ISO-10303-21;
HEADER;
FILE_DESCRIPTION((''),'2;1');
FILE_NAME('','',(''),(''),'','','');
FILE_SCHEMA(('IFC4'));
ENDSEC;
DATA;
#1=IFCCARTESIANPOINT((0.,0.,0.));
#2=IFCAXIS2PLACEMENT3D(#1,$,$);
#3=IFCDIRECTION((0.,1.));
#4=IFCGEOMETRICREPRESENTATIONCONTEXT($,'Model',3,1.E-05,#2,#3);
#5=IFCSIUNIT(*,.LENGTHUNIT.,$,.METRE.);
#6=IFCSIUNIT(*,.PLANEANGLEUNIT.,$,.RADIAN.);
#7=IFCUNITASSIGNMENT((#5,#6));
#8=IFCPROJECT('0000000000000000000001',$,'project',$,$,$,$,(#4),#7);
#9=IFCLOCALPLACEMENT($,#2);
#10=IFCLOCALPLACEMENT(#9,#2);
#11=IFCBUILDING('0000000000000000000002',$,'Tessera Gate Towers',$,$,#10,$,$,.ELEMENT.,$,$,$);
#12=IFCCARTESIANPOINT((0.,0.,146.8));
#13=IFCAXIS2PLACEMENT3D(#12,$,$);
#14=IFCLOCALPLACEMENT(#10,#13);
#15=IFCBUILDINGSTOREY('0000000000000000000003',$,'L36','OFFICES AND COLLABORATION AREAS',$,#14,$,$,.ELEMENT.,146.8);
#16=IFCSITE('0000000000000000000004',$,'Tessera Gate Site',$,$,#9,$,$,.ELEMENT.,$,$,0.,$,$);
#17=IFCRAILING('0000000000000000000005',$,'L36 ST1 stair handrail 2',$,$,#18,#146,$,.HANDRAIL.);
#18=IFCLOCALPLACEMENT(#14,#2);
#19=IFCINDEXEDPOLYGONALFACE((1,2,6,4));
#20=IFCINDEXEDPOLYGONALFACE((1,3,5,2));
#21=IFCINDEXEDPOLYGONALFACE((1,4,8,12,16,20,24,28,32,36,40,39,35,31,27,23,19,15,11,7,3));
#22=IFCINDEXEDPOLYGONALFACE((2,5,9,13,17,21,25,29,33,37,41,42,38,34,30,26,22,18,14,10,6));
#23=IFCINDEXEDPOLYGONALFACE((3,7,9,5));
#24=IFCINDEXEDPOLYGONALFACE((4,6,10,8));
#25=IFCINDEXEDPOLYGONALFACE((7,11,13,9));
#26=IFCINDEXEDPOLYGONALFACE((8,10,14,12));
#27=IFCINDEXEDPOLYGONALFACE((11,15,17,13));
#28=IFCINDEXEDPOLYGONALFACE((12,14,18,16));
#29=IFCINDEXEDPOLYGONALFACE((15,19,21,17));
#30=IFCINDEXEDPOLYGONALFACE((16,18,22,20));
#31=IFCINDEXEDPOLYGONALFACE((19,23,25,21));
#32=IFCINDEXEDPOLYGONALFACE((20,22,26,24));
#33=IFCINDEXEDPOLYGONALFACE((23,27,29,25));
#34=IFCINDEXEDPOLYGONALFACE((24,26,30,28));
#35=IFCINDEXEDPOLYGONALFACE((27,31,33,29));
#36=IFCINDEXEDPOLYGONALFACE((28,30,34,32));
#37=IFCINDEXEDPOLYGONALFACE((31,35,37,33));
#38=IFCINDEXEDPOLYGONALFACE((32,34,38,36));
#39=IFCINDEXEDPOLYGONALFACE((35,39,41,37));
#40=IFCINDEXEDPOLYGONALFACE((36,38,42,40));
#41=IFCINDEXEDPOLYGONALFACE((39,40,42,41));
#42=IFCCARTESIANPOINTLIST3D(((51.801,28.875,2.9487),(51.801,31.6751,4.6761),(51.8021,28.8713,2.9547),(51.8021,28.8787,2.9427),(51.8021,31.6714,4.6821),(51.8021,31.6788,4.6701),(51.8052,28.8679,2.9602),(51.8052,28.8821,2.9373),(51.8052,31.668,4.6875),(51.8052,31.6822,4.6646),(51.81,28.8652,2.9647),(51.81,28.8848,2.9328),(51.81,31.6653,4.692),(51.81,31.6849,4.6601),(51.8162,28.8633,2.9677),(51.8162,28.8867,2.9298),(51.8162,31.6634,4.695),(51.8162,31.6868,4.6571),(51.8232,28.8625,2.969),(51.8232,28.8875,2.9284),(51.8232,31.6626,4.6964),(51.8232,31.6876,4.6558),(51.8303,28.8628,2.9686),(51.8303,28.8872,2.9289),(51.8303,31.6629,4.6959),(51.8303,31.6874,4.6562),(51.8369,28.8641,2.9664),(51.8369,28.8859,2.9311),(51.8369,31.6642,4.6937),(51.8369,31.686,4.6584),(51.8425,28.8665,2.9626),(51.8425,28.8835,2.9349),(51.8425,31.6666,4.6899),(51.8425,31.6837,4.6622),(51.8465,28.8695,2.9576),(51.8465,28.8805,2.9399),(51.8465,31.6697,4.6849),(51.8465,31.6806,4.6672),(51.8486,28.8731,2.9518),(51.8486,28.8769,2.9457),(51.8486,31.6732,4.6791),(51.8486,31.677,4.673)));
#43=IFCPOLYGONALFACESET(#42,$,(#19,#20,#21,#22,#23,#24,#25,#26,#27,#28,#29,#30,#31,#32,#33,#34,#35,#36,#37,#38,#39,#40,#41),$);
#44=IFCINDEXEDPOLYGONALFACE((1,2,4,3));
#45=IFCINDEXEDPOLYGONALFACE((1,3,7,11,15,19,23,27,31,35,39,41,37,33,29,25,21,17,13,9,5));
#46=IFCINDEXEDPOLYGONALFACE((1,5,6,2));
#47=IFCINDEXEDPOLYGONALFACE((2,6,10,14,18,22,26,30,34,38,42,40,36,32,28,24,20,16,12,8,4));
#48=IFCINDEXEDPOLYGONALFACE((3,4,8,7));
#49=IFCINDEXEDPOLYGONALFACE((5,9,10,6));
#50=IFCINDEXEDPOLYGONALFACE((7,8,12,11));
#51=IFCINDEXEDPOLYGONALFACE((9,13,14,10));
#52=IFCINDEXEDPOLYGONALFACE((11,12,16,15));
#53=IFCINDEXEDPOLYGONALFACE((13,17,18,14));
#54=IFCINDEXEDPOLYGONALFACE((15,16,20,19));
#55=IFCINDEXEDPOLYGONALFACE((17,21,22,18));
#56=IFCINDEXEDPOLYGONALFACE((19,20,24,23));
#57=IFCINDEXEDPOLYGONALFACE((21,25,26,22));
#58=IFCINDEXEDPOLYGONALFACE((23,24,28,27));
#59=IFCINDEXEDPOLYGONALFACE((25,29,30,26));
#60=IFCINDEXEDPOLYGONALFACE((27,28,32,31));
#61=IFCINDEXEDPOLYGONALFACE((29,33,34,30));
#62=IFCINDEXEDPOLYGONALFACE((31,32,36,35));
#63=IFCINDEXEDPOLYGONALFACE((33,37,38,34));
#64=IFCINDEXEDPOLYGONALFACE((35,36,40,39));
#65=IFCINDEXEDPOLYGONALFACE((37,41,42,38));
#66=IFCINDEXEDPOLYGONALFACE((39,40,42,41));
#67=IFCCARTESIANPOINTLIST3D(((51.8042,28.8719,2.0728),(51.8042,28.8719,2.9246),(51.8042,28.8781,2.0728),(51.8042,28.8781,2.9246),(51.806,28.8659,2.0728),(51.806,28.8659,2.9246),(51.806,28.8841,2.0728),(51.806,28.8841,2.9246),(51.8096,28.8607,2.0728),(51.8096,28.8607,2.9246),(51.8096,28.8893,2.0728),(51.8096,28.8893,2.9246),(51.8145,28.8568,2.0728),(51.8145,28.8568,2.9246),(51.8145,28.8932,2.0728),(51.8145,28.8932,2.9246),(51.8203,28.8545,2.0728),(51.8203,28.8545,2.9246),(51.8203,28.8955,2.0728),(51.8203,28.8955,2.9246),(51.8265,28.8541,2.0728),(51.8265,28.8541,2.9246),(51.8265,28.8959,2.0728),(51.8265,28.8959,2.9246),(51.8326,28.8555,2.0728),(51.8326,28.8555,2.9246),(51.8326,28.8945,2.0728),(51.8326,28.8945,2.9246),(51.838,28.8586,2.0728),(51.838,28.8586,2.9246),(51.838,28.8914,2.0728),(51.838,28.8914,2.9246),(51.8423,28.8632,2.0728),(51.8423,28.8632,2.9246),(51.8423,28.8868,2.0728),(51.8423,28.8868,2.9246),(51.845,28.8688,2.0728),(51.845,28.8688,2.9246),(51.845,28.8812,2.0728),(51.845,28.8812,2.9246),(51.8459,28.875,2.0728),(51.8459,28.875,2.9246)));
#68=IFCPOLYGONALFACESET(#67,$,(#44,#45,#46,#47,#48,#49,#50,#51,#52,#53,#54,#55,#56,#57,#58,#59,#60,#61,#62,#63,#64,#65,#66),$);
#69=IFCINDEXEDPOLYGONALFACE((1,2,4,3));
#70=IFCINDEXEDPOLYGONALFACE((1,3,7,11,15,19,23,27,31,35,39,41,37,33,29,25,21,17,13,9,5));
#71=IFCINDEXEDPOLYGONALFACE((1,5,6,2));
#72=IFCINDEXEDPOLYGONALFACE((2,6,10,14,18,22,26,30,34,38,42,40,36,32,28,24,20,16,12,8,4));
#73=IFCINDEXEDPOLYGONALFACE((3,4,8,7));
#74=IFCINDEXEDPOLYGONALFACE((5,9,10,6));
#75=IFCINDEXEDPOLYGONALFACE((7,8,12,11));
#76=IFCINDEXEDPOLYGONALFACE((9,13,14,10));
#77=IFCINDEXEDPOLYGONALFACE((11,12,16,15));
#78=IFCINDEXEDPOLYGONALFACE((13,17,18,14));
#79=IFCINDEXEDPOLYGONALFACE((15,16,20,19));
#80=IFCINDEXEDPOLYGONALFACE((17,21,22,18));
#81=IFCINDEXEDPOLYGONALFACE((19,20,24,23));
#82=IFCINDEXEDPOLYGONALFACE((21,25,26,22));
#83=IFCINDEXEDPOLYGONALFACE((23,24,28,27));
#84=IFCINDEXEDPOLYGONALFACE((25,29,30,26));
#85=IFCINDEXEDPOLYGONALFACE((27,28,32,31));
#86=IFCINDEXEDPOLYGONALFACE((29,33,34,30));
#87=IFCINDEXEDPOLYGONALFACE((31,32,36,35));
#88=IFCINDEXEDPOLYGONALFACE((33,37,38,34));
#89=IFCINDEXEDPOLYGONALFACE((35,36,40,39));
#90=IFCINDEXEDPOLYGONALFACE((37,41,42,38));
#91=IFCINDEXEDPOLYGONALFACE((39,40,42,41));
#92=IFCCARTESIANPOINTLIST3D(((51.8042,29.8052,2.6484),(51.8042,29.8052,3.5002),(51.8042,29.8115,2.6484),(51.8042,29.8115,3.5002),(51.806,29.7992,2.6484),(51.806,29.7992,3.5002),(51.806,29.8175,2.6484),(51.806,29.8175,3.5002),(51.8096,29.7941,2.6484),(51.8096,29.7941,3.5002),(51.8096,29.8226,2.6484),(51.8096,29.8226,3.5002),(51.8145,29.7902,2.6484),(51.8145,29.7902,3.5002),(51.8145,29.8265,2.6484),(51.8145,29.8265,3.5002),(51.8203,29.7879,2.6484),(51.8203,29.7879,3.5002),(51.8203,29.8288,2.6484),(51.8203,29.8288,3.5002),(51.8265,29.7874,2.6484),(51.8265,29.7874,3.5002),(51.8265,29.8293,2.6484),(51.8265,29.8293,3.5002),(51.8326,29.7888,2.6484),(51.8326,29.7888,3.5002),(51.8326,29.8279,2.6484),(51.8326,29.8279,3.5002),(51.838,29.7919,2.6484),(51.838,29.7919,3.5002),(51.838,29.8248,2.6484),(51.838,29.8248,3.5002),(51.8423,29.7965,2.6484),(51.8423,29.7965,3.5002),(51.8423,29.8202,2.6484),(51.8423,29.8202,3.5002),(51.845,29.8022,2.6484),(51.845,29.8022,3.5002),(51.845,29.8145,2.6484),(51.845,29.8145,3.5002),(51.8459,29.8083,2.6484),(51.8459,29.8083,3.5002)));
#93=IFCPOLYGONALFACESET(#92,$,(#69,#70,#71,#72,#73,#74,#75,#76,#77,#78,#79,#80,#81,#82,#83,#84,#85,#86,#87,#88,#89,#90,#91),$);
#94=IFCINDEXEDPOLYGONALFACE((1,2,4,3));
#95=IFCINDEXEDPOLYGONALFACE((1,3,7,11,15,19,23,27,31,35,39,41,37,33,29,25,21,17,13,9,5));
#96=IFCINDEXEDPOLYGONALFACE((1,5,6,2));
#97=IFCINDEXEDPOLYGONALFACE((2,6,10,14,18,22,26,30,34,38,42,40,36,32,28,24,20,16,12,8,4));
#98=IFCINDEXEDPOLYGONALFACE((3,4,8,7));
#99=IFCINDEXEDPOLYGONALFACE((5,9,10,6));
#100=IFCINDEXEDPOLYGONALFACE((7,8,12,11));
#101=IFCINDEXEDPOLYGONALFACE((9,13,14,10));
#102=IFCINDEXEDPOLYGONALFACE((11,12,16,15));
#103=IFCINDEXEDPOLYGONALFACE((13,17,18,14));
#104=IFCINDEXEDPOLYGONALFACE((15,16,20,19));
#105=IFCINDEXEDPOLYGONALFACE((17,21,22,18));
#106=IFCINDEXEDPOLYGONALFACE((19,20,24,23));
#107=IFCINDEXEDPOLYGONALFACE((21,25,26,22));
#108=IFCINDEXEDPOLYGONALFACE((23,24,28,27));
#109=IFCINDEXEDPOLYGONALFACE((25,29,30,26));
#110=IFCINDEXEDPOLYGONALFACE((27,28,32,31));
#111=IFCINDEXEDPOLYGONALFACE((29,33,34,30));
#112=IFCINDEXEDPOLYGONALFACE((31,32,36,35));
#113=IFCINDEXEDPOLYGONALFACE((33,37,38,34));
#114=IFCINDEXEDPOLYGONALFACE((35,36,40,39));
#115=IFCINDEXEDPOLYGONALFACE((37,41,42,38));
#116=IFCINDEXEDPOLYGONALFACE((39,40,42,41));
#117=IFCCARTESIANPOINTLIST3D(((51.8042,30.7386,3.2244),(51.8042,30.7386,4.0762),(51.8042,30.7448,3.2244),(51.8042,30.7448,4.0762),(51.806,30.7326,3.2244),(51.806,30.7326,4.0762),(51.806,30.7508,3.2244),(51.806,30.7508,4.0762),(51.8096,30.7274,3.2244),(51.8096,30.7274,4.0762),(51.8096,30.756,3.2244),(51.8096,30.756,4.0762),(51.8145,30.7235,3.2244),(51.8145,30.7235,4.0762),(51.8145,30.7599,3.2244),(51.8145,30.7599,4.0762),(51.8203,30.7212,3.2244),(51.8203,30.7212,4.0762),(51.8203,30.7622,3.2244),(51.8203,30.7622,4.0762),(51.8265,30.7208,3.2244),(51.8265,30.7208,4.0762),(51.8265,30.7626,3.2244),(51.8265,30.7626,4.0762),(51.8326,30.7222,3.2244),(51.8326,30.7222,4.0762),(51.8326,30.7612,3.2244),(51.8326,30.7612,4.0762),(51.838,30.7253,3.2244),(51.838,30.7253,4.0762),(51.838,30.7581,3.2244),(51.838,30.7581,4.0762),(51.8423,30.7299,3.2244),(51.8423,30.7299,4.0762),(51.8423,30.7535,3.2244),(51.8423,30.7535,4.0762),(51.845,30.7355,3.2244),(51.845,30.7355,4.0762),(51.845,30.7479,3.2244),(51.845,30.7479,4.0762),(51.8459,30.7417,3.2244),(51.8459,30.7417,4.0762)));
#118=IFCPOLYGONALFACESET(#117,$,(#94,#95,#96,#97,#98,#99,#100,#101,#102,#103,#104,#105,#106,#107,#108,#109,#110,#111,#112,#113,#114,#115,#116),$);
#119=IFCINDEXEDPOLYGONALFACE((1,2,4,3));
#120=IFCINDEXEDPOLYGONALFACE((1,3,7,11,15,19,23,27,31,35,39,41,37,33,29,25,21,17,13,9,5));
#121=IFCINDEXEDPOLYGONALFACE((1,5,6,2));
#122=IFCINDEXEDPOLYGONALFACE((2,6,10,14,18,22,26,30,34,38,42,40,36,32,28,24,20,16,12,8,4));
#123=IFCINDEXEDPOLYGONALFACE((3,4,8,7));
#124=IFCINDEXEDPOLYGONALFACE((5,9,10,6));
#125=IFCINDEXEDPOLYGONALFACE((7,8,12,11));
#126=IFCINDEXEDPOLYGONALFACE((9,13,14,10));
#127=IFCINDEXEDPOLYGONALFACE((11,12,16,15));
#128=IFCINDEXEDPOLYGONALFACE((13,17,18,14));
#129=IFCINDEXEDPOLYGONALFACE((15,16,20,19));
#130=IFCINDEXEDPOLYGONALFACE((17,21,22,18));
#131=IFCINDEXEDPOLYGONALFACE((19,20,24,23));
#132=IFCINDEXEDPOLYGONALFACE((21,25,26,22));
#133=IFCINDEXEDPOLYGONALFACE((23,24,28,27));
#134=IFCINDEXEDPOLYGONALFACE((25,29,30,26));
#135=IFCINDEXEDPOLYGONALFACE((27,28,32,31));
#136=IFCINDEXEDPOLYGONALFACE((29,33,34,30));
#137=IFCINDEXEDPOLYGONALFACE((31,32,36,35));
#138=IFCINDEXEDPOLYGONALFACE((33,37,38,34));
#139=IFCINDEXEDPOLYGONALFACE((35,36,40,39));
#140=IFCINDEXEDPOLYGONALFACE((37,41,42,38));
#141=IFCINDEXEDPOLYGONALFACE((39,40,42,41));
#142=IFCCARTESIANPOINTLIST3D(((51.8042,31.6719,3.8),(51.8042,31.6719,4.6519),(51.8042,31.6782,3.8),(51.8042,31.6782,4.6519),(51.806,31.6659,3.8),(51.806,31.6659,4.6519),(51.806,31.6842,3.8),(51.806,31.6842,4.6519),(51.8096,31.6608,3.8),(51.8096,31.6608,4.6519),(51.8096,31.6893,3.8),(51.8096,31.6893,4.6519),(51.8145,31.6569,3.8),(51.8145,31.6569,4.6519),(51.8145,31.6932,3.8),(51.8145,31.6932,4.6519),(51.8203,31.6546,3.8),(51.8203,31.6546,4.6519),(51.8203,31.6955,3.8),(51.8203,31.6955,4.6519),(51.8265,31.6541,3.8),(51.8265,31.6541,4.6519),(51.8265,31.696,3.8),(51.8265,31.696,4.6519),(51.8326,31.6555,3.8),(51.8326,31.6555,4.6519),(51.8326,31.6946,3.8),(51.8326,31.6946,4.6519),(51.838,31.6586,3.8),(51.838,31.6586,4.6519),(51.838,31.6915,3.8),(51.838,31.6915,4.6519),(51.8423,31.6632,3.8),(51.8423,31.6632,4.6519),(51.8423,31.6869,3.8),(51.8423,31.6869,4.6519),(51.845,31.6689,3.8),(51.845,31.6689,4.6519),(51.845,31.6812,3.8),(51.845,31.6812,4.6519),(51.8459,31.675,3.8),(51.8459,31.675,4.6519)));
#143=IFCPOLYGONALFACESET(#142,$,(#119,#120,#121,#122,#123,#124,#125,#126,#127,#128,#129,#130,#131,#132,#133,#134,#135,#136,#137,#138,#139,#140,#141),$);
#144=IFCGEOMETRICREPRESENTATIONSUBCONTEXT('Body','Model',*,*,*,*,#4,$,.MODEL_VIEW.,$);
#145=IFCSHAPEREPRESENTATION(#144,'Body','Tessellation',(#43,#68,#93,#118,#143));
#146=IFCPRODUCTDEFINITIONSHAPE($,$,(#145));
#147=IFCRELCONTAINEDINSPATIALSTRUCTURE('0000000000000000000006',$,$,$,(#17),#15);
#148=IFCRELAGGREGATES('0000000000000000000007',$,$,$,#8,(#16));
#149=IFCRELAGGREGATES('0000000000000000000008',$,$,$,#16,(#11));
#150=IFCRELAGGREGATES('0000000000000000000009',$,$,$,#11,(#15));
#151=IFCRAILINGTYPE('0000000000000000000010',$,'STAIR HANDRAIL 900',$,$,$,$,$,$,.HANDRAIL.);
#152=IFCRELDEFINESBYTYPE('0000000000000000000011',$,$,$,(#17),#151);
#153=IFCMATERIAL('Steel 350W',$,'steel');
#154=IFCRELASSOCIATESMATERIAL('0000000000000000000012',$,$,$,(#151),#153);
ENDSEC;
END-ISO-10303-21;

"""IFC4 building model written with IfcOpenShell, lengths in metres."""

from ifc_helpers import new_model, si_unit, direction, frame, origin, origin_2d, place, context, subcontext, project, spatial, circle, extrude, material, type_object, element, save


model = new_model("IFC4")

# Units and contexts
model_context = context("Model", 3, precision=1e-05, world=origin(), true_north=direction((0.0, 1.0)))
body_context = subcontext(model_context, "Body", "Model", "MODEL_VIEW")
ifc_project = project(units=[si_unit("LENGTHUNIT", "METRE"), si_unit("PLANEANGLEUNIT", "RADIAN")], contexts=[model_context])

# Site, building, storey
site_placement = place(None, origin())
site = spatial("IfcSite", under=ifc_project, at=site_placement, Name="Tessera Gate Site", CompositionType="ELEMENT", RefElevation=0.0)
building_placement = place(site_placement, origin())
building = spatial("IfcBuilding", under=site, at=building_placement, Name="Tessera Gate Towers", CompositionType="ELEMENT")
storey_placement = place(building_placement, frame((0.0, 0.0, 146.8)))
storey = spatial("IfcBuildingStorey", under=building, at=storey_placement, Name="L36", Description="OFFICES AND COLLABORATION AREAS", CompositionType="ELEMENT", Elevation=146.8)

# Railing
ifc_material_1 = material(Name="Steel 350W", Category="steel")
railing_type_1 = type_object("IfcRailingType", Name="STAIR HANDRAIL 900", PredefinedType="HANDRAIL", material=ifc_material_1)
for number, where, name in (
    (1, (51.825, 28.875, 2.0728), "L36 ST1 stair handrail 2"),
):
    element("IfcRailing", number, at=place(storey_placement, frame(where)), inside=storey, type_object=railing_type_1, Name=name, PredefinedType="HANDRAIL", context=body_context, shape_type="SweptSolid", body=[
        extrude(circle(Radius=0.0239, at=origin_2d()), frame((0.0, 0.0, 0.876), z_axis=(0.0, 0.85109, 0.52502), x_axis=(-1.0, 0.0, 0.0)), (0.0, 0.0, 1.0), 3.29),
        extrude(circle(Radius=0.021, at=origin_2d()), origin(), (0.0, 0.0, 1.0), 0.8518),
        extrude(circle(Radius=0.021, at=origin_2d()), frame((0.0, 0.9333, 0.5757)), (0.0, 0.0, 1.0), 0.8518),
        extrude(circle(Radius=0.021, at=origin_2d()), frame((0.0, 1.8667, 1.1516)), (0.0, 0.0, 1.0), 0.8518),
        extrude(circle(Radius=0.021, at=origin_2d()), frame((0.0, 2.8, 1.7273)), (0.0, 0.0, 1.0), 0.8518),
    ])

save(model, "model.ifc")
